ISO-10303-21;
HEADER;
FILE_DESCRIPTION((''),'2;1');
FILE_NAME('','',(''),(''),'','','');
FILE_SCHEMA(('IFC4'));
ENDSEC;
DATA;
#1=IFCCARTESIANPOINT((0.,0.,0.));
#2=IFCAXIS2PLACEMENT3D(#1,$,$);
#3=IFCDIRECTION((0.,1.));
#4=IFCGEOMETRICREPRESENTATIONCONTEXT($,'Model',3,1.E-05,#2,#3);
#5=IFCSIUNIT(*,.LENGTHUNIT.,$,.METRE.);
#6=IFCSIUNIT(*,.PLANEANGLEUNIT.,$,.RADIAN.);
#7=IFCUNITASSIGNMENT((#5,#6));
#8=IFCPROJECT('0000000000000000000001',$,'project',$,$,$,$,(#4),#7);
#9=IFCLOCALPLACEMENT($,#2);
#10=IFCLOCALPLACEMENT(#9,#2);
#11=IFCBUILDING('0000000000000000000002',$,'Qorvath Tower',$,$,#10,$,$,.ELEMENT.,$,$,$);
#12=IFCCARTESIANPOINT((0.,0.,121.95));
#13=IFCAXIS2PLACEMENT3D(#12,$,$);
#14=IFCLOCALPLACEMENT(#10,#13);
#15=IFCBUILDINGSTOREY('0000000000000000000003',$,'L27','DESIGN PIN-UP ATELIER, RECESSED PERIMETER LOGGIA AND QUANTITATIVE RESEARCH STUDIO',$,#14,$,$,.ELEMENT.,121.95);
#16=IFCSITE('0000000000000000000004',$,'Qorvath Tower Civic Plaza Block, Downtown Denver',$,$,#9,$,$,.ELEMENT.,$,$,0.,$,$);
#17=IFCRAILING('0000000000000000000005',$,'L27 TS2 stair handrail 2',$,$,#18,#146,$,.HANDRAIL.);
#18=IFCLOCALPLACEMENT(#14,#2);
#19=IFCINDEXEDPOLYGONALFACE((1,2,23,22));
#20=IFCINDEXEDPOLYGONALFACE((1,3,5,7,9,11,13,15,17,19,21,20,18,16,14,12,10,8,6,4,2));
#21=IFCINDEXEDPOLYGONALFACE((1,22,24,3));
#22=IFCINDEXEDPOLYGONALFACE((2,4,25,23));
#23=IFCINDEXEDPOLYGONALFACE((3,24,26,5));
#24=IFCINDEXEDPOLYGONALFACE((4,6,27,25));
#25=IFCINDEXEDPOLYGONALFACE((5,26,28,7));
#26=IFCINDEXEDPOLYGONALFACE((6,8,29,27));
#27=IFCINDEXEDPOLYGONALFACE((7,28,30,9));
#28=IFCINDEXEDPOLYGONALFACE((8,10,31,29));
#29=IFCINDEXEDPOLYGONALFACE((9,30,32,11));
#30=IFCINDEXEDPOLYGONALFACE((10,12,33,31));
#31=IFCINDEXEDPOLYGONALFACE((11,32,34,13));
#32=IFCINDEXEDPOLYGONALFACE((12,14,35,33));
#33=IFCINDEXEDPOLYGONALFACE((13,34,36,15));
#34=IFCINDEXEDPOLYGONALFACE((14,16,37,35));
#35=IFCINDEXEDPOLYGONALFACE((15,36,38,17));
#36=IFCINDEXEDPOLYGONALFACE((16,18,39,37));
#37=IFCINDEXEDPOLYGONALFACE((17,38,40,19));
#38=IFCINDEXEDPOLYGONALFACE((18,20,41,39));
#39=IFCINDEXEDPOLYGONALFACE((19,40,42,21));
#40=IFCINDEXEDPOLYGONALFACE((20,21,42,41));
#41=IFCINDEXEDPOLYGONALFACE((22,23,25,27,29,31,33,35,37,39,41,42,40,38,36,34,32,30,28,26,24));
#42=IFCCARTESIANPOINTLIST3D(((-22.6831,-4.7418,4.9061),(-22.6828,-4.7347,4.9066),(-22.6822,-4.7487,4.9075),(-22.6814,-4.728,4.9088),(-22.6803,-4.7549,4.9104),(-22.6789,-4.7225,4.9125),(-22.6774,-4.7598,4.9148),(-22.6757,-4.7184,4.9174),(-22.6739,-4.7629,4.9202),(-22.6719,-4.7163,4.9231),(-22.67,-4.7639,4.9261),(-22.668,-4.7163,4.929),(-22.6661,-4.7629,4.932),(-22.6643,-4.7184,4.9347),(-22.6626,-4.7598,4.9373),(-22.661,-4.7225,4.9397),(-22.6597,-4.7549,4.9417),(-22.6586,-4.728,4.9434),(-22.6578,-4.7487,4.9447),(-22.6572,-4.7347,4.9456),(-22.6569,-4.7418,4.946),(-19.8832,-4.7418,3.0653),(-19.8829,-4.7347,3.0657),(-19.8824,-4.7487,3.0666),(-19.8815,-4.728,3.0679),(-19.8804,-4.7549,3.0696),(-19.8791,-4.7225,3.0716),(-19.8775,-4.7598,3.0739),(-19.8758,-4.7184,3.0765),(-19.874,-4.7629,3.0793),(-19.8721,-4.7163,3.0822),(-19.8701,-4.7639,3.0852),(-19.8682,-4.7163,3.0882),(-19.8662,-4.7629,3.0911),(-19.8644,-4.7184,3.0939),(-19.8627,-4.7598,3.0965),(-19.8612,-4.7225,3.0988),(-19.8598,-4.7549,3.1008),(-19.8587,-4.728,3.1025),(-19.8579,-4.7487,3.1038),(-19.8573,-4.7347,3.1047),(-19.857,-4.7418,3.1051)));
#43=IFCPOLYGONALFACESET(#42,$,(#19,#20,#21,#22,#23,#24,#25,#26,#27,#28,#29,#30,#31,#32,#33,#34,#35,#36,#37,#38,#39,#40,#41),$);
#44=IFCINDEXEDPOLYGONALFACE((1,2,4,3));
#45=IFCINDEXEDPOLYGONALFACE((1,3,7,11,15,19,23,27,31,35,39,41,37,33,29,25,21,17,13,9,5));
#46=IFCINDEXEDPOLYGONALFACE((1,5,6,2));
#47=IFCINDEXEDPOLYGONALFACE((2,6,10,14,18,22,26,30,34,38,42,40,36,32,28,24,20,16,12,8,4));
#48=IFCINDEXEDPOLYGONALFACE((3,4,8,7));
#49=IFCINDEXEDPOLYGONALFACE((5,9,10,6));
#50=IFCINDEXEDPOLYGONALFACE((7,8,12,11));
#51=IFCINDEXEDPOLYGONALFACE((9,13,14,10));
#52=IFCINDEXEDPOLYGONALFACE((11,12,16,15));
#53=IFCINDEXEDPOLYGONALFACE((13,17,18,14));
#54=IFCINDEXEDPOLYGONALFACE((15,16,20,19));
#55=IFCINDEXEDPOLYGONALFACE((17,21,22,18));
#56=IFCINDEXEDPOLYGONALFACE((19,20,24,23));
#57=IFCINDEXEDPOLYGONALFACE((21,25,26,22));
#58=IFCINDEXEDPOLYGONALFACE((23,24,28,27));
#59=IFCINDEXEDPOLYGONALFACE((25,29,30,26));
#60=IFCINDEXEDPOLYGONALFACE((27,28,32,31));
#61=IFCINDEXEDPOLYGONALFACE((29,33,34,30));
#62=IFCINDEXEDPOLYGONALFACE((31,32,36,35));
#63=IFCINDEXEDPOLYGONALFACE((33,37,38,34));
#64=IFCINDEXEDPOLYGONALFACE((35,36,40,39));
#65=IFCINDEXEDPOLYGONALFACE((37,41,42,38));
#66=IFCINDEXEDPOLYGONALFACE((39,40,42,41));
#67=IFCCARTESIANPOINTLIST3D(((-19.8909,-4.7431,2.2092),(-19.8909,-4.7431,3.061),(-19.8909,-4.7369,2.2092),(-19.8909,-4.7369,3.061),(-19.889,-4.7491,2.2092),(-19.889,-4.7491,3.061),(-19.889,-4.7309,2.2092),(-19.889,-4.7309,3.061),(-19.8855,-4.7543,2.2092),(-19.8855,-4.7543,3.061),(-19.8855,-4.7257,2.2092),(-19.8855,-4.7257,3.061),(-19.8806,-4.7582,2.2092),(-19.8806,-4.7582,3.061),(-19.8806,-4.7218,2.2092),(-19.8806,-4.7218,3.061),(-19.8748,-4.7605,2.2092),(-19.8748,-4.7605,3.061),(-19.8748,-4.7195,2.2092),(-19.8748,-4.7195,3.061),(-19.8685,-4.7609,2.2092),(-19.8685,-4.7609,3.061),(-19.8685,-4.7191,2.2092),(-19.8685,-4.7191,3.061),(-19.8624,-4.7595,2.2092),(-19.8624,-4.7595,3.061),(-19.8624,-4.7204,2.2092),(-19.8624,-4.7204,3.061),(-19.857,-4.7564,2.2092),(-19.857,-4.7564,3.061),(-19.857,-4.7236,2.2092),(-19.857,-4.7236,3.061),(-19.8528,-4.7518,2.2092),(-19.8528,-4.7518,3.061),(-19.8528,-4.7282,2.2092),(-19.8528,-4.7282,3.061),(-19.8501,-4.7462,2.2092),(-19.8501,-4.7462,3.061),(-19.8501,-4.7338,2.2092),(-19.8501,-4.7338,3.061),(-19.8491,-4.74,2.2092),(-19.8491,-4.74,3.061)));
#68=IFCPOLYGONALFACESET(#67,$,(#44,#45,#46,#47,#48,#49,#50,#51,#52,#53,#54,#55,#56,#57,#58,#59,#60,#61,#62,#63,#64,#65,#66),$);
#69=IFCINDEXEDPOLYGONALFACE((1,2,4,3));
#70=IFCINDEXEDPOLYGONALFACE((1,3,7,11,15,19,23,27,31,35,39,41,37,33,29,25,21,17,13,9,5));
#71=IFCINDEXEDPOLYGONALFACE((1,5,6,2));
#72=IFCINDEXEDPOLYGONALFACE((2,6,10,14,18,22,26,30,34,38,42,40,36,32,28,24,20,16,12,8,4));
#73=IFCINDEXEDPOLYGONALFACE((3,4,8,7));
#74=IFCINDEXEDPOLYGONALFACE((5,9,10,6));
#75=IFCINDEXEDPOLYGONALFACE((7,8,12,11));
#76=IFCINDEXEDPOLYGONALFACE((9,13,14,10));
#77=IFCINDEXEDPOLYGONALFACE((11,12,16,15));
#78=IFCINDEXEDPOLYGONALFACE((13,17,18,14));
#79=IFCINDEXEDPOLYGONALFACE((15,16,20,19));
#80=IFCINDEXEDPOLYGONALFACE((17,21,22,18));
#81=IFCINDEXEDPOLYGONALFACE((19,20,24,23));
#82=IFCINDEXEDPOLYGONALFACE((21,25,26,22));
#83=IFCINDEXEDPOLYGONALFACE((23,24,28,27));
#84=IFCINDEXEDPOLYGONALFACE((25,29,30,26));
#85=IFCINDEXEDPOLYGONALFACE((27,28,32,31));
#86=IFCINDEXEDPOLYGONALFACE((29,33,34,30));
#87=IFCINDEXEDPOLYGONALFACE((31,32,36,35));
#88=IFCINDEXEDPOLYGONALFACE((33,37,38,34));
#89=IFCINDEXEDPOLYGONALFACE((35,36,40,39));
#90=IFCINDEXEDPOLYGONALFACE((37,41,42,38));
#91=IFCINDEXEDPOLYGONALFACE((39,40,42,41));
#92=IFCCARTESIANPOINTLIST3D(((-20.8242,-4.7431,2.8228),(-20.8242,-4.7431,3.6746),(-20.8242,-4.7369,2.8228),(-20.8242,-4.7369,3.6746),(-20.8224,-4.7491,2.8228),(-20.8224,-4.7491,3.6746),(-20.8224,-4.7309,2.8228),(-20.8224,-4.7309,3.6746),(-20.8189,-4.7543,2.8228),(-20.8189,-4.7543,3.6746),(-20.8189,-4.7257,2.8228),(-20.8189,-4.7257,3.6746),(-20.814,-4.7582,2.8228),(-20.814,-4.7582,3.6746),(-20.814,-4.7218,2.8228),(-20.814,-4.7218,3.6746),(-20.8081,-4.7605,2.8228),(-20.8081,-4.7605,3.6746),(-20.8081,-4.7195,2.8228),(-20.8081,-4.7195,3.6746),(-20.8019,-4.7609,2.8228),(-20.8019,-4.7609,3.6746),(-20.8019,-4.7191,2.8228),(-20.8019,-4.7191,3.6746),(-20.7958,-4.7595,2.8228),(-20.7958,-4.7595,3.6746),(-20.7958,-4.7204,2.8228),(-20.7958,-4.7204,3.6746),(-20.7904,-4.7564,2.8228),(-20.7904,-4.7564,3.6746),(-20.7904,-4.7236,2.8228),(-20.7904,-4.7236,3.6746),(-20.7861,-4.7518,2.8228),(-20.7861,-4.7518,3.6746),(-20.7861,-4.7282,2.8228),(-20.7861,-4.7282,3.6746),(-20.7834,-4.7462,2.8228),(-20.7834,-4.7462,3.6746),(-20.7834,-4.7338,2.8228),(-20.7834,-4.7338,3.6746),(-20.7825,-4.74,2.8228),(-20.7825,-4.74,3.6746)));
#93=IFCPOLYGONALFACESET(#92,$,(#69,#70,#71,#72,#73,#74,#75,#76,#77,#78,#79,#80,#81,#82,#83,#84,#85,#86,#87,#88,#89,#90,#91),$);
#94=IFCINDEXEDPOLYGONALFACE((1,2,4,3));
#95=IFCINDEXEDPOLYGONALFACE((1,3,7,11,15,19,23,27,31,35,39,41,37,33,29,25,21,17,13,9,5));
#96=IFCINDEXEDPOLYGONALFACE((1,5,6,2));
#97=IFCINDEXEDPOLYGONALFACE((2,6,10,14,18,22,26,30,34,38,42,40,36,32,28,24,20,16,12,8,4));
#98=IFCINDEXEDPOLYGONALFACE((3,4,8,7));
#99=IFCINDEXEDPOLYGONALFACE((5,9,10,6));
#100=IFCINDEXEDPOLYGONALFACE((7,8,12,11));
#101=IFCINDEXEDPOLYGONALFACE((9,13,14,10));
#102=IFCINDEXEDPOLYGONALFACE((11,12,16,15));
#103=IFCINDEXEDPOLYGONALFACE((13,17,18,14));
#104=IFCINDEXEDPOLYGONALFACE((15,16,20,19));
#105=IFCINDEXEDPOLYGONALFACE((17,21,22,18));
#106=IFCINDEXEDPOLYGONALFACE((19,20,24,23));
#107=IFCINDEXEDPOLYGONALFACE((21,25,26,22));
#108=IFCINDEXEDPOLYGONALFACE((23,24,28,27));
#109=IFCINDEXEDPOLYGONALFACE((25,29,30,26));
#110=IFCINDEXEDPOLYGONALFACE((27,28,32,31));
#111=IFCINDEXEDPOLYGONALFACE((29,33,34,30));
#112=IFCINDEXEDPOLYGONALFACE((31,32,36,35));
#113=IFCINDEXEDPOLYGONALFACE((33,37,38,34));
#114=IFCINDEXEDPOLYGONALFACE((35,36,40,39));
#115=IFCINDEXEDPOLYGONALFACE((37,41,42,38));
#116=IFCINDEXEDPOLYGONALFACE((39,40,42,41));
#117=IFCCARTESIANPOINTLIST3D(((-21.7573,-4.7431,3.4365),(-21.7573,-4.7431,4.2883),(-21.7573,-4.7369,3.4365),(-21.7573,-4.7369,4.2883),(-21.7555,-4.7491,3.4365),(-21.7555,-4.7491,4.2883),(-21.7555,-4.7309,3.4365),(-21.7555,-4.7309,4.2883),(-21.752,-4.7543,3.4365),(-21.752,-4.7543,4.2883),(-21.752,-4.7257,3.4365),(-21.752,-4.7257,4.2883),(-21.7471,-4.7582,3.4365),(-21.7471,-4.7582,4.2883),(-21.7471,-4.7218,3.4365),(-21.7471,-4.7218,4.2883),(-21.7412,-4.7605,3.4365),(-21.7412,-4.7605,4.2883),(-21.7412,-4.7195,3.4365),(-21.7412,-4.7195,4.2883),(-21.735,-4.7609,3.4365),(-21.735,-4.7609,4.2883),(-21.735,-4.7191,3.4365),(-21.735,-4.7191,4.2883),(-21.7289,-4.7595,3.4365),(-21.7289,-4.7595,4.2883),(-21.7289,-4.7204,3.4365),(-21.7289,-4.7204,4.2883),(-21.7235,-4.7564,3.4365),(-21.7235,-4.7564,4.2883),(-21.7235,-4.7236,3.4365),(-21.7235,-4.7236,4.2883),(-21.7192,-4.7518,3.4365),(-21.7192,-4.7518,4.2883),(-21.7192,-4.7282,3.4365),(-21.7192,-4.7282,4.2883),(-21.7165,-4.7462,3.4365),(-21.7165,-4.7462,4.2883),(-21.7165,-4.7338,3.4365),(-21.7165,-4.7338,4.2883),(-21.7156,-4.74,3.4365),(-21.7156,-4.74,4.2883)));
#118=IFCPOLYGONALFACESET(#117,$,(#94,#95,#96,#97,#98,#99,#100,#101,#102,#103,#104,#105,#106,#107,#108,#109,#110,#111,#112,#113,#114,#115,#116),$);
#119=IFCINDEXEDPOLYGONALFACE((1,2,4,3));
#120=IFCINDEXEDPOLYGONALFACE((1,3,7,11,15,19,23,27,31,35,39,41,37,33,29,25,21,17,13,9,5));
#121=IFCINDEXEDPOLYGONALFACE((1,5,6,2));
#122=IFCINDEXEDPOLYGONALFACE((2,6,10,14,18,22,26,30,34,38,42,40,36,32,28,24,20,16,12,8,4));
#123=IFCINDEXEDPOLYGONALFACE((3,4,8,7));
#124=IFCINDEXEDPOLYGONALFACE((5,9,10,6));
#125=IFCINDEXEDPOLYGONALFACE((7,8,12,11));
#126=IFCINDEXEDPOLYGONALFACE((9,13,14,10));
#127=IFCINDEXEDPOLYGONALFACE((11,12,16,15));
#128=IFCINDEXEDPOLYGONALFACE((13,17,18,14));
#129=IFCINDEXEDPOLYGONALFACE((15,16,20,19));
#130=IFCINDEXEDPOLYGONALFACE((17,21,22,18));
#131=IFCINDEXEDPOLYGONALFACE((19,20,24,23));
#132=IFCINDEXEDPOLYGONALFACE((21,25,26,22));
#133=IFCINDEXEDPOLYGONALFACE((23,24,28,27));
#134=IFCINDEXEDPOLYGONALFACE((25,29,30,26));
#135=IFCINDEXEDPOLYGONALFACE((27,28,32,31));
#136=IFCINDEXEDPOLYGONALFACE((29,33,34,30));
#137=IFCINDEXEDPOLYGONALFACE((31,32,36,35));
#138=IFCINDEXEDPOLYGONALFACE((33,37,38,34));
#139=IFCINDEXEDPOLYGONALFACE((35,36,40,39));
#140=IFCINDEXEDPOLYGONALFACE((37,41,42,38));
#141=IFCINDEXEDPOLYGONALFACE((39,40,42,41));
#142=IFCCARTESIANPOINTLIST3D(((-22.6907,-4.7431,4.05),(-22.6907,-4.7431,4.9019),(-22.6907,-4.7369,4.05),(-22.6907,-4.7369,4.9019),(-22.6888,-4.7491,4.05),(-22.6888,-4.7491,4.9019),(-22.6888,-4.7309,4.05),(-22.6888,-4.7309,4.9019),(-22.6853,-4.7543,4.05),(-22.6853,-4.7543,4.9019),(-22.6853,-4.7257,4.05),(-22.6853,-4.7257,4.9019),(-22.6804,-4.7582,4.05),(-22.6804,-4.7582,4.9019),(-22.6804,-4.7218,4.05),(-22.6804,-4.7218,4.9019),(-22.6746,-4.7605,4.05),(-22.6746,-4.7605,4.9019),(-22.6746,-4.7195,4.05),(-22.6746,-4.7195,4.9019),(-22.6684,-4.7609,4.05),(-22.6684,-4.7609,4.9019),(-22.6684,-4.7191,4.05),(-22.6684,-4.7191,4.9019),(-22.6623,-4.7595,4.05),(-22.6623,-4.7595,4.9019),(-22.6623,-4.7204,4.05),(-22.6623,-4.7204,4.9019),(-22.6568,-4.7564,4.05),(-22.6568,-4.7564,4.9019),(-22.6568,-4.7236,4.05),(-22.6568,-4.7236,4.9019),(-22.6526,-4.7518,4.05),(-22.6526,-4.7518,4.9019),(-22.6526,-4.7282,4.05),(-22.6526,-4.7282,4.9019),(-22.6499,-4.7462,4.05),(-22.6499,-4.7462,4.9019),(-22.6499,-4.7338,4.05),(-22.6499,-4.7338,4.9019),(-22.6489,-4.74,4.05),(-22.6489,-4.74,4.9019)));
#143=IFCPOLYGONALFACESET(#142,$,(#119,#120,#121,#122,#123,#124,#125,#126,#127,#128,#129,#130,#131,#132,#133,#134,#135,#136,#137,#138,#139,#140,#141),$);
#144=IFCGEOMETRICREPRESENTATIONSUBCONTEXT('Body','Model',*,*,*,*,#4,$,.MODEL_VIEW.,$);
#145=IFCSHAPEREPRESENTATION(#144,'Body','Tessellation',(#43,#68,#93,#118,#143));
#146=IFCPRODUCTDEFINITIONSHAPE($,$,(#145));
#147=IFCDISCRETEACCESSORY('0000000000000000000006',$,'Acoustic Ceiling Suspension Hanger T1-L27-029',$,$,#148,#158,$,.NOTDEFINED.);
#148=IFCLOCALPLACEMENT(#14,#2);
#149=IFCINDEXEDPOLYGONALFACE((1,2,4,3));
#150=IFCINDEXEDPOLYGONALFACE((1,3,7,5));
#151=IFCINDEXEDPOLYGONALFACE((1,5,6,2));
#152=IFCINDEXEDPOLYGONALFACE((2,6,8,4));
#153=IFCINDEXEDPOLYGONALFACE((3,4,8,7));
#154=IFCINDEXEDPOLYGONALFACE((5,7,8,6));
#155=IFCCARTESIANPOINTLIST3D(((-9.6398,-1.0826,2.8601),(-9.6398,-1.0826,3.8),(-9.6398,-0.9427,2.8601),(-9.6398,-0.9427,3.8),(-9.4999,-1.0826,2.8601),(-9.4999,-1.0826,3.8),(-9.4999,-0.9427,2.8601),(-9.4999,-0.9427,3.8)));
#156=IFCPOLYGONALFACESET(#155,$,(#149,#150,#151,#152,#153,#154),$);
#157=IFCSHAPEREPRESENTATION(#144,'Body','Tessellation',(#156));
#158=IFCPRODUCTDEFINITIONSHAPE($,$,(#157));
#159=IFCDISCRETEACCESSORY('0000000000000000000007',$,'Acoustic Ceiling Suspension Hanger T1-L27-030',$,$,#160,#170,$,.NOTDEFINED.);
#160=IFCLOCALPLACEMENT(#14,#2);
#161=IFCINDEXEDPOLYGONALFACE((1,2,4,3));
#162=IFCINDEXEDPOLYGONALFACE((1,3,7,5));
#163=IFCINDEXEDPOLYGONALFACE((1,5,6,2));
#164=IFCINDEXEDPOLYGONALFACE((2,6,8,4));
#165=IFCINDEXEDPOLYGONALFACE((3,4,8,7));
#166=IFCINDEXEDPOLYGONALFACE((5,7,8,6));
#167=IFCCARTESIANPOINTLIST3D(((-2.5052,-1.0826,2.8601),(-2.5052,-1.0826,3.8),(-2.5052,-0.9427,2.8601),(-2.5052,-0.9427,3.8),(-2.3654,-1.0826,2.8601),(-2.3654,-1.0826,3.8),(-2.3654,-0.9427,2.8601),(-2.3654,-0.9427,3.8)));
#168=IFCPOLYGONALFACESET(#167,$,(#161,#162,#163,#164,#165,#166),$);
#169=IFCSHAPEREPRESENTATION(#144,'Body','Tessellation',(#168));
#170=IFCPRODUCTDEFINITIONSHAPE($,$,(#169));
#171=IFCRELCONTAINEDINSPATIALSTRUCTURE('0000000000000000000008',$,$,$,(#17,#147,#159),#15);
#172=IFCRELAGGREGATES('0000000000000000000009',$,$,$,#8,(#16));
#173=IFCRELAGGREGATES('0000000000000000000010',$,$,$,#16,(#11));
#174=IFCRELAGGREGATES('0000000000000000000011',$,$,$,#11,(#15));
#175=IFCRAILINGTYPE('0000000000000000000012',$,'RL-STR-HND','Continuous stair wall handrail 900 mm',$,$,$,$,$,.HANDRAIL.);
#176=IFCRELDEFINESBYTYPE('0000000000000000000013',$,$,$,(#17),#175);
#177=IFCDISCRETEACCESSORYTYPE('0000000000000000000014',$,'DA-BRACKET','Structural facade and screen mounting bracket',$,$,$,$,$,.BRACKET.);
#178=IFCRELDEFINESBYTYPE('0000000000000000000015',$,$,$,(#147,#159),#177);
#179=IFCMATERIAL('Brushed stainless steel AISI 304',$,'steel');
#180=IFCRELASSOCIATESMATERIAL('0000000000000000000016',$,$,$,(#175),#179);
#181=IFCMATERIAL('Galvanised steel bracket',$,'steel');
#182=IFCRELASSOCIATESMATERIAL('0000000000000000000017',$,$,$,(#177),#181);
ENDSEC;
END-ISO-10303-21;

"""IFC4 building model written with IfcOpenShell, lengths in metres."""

from ifc_helpers import new_model, si_unit, direction, frame, origin, origin_2d, place, context, subcontext, project, spatial, rectangle, circle, extrude, material, type_object, element, save


model = new_model("IFC4")

# Units and contexts
model_context = context("Model", 3, precision=1e-05, world=origin(), true_north=direction((0.0, 1.0)))
body_context = subcontext(model_context, "Body", "Model", "MODEL_VIEW")
ifc_project = project(units=[si_unit("LENGTHUNIT", "METRE"), si_unit("PLANEANGLEUNIT", "RADIAN")], contexts=[model_context])

# Site, building, storey
site_placement = place(None, origin())
site = spatial("IfcSite", under=ifc_project, at=site_placement, Name="Qorvath Tower Civic Plaza Block, Downtown Denver", CompositionType="ELEMENT", RefElevation=0.0)
building_placement = place(site_placement, origin())
building = spatial("IfcBuilding", under=site, at=building_placement, Name="Qorvath Tower", CompositionType="ELEMENT")
storey_placement = place(building_placement, frame((0.0, 0.0, 121.95)))
storey = spatial("IfcBuildingStorey", under=building, at=storey_placement, Name="L27", Description="DESIGN PIN-UP ATELIER, RECESSED PERIMETER LOGGIA AND QUANTITATIVE RESEARCH STUDIO", CompositionType="ELEMENT", Elevation=121.95)

# Railing
ifc_material_1 = material(Name="Brushed stainless steel AISI 304", Category="steel")
railing_type = type_object("IfcRailingType", Name="RL-STR-HND", Description="Continuous stair wall handrail 900 mm", PredefinedType="HANDRAIL", material=ifc_material_1)
railing_placement = place(storey_placement, frame((-19.8701, -4.74, 2.2092)))
element("IfcRailing", 1, at=railing_placement, inside=storey, type_object=railing_type, Name="L27 TS2 stair handrail 2", PredefinedType="HANDRAIL", context=body_context, shape_type="SweptSolid", body=[
    extrude(circle(Radius=0.0239, at=origin_2d()), frame((0.0, 0.0, 0.876), z_axis=(-0.835576, 0.0, 0.549376), x_axis=(0.0, -1.0, 0.0)), (0.0, 0.0, 1.0), 3.3508),
    extrude(circle(Radius=0.021, at=origin_2d()), origin(), (0.0, 0.0, 1.0), 0.8518),
    extrude(circle(Radius=0.021, at=origin_2d()), frame((-0.9333, 0.0, 0.6135)), (0.0, 0.0, 1.0), 0.8518),
    extrude(circle(Radius=0.021, at=origin_2d()), frame((-1.8665, 0.0, 1.2273)), (0.0, 0.0, 1.0), 0.8518),
    extrude(circle(Radius=0.021, at=origin_2d()), frame((-2.7998, 0.0, 1.8408)), (0.0, 0.0, 1.0), 0.8518),
])

# Discrete accessories
ifc_material_2 = material(Name="Galvanised steel bracket", Category="steel")
discrete_accessory_type = type_object("IfcDiscreteAccessoryType", Name="DA-BRACKET", Description="Structural facade and screen mounting bracket", PredefinedType="BRACKET", material=ifc_material_2)
for number, where, z_axis, x_axis, name in (
    (2, (-9.5698, -1.0127, 2.8601), (0.0, 0.0, 1.0), (1.0, 0.0, 0.0), "Acoustic Ceiling Suspension Hanger T1-L27-029"),
    (3, (-2.4353, -1.0127, 2.8601), (0.0, 0.0, 1.0), (1.0, 0.0, 0.0), "Acoustic Ceiling Suspension Hanger T1-L27-030"),
):
    element("IfcDiscreteAccessory", number, at=place(storey_placement, frame(where, z_axis=z_axis, x_axis=x_axis)), inside=storey, type_object=discrete_accessory_type, Name=name, PredefinedType="NOTDEFINED", context=body_context, shape_type="SweptSolid", body=[
        extrude(rectangle(XDim=0.1399, YDim=0.1399, at=origin_2d()), origin(), (0.0, 0.0, 1.0), 0.9399),
    ])

save(model, "model.ifc")
